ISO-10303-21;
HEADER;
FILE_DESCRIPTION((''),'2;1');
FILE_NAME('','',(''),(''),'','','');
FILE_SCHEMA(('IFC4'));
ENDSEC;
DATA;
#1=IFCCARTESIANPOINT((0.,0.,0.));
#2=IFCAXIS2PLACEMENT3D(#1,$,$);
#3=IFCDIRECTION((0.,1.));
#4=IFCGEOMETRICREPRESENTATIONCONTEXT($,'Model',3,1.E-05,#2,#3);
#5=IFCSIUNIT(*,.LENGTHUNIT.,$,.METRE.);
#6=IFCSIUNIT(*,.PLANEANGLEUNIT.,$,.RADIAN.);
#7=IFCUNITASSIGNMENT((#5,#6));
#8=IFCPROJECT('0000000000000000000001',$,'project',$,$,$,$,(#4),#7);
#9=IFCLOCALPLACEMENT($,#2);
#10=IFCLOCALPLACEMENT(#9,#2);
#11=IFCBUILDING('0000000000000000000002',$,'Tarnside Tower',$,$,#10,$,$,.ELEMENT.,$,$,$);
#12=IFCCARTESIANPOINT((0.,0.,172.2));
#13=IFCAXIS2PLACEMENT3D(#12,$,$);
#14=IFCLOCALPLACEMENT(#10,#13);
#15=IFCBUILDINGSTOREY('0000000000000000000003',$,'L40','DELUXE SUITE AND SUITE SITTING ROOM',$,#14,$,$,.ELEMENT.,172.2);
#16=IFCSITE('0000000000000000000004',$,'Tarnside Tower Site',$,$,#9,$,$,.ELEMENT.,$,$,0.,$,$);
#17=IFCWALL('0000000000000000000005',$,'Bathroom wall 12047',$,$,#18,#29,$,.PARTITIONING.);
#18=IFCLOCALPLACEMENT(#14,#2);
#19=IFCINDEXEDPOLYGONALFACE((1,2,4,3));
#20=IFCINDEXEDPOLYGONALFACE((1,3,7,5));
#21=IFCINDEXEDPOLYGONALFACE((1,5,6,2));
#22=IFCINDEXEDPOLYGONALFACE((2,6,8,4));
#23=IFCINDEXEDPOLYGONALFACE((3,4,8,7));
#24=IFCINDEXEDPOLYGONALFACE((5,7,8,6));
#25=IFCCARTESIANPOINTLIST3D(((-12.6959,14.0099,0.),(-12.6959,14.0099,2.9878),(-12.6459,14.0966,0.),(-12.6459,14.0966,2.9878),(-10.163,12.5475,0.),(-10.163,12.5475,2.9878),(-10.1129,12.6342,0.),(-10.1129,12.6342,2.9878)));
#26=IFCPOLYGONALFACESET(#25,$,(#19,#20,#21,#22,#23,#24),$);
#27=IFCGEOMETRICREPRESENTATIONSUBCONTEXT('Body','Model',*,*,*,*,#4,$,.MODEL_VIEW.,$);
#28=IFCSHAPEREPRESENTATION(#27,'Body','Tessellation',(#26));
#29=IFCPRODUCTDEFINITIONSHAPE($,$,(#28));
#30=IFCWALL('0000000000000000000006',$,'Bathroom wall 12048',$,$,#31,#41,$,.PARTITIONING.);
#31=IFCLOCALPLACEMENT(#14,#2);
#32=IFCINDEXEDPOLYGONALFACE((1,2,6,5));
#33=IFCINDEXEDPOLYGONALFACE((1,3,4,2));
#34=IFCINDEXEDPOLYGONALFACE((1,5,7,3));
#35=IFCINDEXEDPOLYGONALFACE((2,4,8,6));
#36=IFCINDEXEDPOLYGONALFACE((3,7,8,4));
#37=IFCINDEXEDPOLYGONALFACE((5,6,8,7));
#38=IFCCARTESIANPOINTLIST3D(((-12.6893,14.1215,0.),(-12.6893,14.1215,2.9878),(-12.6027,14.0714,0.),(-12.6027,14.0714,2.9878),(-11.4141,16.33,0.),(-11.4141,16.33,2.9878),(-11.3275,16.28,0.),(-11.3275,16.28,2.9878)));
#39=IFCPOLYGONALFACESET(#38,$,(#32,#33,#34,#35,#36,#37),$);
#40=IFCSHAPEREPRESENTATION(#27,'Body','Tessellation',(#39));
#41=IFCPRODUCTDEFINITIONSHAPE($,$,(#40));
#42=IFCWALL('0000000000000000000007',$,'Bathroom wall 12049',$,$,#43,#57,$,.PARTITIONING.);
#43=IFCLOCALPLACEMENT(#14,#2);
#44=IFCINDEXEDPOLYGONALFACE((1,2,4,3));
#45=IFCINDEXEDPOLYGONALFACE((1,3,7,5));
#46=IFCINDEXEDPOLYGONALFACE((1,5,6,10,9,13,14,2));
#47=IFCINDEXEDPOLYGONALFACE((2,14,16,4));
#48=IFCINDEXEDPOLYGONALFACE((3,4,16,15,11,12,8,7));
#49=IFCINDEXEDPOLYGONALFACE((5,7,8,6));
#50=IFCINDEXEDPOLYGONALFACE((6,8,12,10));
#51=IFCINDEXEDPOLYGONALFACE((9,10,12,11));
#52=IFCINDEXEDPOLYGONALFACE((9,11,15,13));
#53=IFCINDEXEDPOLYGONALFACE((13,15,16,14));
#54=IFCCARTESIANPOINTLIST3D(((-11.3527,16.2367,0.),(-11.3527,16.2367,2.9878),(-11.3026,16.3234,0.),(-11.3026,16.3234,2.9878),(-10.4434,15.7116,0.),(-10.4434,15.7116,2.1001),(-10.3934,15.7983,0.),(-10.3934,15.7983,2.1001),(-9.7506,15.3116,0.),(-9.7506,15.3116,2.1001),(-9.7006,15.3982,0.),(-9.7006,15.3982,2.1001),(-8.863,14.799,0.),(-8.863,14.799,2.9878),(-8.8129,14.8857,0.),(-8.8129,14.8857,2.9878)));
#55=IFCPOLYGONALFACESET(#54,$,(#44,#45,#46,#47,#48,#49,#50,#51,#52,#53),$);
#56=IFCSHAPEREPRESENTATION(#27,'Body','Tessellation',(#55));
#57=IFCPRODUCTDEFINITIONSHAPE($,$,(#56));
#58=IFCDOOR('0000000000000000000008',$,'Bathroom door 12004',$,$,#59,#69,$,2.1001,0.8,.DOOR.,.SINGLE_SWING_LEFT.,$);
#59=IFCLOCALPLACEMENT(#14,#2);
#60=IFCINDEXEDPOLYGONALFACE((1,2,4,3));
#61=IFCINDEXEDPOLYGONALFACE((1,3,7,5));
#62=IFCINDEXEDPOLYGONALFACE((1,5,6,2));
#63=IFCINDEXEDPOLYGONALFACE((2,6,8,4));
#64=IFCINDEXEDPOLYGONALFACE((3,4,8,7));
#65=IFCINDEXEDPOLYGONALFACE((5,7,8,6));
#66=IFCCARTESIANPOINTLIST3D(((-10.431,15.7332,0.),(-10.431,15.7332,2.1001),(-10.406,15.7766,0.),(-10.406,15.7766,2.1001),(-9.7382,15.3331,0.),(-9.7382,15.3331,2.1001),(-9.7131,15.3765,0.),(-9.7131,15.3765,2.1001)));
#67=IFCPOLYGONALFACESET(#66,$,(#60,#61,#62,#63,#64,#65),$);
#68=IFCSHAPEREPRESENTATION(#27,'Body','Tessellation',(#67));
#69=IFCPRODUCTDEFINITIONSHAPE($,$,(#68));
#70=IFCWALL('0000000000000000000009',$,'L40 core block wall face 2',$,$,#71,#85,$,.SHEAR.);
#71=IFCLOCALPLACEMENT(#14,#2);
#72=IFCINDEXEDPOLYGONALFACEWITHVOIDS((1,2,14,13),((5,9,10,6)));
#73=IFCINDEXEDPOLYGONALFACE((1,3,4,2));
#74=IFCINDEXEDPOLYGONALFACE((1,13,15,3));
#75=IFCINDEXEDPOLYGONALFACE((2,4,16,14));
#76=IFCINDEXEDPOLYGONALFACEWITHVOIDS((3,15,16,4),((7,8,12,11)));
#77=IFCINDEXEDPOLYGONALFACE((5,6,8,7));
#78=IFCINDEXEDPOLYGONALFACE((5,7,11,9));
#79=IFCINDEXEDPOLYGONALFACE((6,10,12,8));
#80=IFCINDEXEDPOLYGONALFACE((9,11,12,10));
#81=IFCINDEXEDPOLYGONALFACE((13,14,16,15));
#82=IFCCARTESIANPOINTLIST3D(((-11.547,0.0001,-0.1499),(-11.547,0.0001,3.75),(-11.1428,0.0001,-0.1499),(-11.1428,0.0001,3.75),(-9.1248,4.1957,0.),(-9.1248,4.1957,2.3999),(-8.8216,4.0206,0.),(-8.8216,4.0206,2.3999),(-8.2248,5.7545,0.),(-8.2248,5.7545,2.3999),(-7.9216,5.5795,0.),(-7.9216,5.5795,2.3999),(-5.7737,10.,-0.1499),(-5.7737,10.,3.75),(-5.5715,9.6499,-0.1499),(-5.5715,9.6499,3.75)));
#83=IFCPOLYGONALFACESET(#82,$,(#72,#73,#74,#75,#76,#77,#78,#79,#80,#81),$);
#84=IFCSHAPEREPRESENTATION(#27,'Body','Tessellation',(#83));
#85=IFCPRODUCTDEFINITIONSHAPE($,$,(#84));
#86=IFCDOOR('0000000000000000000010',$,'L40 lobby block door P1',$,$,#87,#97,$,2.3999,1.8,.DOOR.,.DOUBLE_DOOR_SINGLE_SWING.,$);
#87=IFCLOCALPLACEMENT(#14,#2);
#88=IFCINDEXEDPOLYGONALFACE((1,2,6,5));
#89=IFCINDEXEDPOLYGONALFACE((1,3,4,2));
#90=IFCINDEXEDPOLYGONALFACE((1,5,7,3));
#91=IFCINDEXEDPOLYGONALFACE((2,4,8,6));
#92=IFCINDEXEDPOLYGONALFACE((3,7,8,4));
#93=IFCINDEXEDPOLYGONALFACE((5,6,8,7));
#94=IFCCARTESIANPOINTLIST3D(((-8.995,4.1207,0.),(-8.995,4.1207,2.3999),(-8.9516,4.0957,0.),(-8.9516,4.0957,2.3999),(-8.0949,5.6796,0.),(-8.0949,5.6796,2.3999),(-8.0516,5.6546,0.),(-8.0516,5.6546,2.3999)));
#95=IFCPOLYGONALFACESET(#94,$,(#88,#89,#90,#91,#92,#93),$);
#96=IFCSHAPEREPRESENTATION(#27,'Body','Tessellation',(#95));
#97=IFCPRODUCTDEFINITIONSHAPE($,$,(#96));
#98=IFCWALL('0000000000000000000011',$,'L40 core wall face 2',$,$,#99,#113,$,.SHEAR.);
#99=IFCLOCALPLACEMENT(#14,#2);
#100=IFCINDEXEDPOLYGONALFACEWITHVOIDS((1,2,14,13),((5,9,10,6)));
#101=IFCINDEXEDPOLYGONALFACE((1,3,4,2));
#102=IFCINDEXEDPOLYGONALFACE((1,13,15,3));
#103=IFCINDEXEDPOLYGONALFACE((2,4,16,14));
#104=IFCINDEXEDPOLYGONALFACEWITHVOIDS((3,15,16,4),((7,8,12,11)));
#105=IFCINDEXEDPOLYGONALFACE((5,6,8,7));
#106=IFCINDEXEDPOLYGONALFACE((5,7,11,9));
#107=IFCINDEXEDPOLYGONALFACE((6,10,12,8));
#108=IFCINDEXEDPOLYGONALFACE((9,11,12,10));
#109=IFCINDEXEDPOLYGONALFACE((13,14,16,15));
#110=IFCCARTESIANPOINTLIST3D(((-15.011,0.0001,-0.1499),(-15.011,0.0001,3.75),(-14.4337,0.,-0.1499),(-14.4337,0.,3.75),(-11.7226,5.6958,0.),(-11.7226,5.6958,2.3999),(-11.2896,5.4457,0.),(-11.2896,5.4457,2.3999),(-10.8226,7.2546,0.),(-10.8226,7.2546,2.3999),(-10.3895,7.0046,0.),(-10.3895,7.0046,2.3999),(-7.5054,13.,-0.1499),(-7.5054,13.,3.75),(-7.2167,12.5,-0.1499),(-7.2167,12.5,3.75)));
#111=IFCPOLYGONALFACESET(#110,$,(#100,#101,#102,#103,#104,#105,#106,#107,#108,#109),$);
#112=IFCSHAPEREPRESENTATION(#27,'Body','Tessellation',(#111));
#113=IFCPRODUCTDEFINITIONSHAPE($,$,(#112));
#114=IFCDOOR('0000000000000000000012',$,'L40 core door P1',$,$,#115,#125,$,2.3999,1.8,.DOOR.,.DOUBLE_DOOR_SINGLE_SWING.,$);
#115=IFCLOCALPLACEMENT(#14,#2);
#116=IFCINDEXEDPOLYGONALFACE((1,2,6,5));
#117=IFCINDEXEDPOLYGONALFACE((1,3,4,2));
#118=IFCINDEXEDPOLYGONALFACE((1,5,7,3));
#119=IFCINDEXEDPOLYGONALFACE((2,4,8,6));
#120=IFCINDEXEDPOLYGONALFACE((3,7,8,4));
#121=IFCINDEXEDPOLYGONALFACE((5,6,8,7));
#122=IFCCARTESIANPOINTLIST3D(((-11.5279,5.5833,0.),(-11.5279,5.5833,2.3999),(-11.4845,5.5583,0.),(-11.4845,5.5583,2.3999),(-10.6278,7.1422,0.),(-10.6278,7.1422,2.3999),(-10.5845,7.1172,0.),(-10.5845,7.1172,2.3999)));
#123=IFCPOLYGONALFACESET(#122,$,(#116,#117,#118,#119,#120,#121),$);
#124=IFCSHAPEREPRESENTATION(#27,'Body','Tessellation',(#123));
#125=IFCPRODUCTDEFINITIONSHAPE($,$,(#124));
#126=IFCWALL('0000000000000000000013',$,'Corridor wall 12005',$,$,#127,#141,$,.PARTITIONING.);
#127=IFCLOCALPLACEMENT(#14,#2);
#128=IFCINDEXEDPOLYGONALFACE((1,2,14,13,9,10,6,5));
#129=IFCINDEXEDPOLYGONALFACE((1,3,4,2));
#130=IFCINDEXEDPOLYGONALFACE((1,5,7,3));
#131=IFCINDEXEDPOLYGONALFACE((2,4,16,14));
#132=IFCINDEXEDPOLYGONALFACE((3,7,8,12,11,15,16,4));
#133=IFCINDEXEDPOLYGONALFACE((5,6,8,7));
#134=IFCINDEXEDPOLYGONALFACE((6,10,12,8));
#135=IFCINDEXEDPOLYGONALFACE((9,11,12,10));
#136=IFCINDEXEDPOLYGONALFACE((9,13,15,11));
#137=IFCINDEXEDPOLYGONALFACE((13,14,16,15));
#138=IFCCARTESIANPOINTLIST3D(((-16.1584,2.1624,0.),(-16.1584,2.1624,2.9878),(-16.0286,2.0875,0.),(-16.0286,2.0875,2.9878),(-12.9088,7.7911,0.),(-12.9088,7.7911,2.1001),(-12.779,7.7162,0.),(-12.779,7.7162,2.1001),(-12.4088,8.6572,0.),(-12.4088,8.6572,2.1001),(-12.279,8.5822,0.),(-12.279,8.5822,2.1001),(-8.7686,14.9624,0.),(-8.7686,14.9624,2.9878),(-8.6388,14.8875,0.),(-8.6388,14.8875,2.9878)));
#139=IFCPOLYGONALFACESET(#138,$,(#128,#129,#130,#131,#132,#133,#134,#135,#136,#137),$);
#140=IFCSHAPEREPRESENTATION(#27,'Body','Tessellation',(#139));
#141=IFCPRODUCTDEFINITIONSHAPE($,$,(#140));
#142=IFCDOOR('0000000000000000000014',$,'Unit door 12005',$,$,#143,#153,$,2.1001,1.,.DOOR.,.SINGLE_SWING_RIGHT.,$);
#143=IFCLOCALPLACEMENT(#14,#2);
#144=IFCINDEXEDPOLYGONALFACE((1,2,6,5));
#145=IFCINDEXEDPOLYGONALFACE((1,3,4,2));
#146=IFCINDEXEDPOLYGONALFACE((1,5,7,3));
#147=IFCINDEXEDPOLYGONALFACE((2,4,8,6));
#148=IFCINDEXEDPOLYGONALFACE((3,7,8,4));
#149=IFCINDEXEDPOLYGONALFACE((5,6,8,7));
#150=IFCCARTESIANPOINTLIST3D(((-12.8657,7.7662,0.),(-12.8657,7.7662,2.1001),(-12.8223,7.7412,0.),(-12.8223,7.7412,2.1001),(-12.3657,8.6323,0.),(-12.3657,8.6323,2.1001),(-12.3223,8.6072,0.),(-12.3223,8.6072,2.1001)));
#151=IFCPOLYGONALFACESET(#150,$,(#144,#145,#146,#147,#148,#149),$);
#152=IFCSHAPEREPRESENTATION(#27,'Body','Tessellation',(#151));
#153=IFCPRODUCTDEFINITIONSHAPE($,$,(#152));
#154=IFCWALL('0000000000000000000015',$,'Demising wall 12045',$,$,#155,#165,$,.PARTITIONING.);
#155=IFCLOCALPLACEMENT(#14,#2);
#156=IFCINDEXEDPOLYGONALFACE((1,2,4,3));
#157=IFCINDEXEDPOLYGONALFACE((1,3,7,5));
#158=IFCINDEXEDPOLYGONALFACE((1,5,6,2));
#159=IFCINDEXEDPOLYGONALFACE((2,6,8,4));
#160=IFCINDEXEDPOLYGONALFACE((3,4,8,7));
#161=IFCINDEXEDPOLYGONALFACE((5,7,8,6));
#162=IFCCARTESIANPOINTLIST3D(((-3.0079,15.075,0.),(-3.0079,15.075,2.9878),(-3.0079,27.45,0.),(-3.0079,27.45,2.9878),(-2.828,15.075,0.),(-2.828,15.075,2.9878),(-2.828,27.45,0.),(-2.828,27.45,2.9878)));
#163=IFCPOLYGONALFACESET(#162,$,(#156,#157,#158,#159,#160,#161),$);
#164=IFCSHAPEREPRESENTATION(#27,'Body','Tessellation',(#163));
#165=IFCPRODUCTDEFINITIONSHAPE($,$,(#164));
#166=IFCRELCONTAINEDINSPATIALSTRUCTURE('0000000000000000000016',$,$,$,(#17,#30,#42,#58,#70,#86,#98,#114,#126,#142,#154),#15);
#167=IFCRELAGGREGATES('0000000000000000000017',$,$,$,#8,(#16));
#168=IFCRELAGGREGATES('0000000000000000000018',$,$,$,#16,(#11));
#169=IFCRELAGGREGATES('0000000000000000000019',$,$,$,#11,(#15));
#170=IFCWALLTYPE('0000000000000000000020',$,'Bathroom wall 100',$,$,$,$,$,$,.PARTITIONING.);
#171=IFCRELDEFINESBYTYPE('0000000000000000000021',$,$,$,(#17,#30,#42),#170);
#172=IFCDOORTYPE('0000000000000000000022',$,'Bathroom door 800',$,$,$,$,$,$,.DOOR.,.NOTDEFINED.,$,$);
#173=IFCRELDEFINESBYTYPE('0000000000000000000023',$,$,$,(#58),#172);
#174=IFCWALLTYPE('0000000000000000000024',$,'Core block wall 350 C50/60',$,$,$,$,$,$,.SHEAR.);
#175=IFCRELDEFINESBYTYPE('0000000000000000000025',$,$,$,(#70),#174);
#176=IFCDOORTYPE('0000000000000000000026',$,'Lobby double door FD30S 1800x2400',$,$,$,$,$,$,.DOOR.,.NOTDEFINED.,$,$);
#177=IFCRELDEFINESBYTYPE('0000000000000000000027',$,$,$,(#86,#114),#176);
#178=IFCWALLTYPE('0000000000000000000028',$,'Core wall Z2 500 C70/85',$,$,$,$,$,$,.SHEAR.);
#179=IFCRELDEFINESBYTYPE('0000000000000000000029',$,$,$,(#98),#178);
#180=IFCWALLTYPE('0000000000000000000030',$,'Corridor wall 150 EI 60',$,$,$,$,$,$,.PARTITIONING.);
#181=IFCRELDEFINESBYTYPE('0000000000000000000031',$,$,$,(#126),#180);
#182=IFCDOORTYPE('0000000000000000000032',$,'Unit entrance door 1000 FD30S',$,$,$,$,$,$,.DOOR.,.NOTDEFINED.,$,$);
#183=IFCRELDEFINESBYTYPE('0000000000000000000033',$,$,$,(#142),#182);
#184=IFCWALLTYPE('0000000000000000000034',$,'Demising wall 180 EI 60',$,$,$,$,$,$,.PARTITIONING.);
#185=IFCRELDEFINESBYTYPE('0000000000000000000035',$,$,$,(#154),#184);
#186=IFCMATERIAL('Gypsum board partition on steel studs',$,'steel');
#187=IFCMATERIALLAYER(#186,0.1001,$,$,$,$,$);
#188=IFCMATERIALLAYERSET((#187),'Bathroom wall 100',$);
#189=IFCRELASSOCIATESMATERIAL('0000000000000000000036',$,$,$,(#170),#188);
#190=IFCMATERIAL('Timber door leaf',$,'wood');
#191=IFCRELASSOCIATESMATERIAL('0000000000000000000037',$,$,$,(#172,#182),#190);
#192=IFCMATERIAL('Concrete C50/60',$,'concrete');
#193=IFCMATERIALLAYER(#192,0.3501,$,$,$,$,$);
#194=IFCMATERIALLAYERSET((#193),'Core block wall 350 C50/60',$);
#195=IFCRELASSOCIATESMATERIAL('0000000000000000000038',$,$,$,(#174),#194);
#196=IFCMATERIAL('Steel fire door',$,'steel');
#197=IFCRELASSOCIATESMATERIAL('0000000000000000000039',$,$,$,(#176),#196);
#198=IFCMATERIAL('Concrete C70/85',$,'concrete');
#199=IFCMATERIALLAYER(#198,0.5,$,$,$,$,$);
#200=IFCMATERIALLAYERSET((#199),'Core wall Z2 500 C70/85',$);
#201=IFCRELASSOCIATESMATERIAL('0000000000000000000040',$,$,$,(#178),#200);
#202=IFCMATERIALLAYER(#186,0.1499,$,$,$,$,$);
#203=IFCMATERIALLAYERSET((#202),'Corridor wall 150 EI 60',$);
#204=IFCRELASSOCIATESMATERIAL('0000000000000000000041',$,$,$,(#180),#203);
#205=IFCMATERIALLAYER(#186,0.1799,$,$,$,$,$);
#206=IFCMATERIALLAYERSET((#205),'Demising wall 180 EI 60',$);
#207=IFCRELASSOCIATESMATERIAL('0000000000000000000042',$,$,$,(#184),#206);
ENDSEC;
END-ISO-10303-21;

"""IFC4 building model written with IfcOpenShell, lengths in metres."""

from ifc_helpers import new_model, si_unit, direction, frame, frame_2d, origin, place, context, subcontext, project, spatial, polyline, rectangle, outline, extrude, material, layer, layer_set, type_object, element, fill, save


model = new_model("IFC4")

# Units and contexts
model_context = context("Model", 3, precision=1e-05, world=origin(), true_north=direction((0.0, 1.0)))
body_context = subcontext(model_context, "Body", "Model", "MODEL_VIEW")
ifc_project = project(units=[si_unit("LENGTHUNIT", "METRE"), si_unit("PLANEANGLEUNIT", "RADIAN")], contexts=[model_context])

# Site, building, storey
site_placement = place(None, origin())
site = spatial("IfcSite", under=ifc_project, at=site_placement, Name="Tarnside Tower Site", CompositionType="ELEMENT", RefElevation=0.0)
building_placement = place(site_placement, origin())
building = spatial("IfcBuilding", under=site, at=building_placement, Name="Tarnside Tower", CompositionType="ELEMENT")
storey_placement = place(building_placement, frame((0.0, 0.0, 172.2)))
storey = spatial("IfcBuildingStorey", under=building, at=storey_placement, Name="L40", Description="DELUXE SUITE AND SUITE SITTING ROOM", CompositionType="ELEMENT", Elevation=172.2)

# Walls
ifc_material_1 = material(Name="Gypsum board partition on steel studs", Category="steel")
ifc_layer_1 = layer(ifc_material_1, 0.1001)
ifc_layer_set_1 = layer_set([ifc_layer_1], Name="Bathroom wall 100")
wall_type_1 = type_object("IfcWallType", Name="Bathroom wall 100", PredefinedType="PARTITIONING", material=ifc_layer_set_1)
wall_1_placement = place(storey_placement, frame((-10.1379, 12.5908, 0.0), z_axis=(0.0, 0.0, 1.0), x_axis=(-0.866026, 0.499999, 0.0)))
element("IfcWall", 1, at=wall_1_placement, inside=storey, type_object=wall_type_1, Name="Bathroom wall 12047", PredefinedType="PARTITIONING", context=body_context, shape_type="SweptSolid", body=[
    extrude(rectangle(XDim=2.9248, YDim=0.1001, at=frame_2d((1.4624, 0.0))), origin(), (0.0, 0.0, 1.0), 2.9878),
])
wall_2_placement = place(storey_placement, frame((-12.646, 14.0964, 0.0), z_axis=(0.0, 0.0, 1.0), x_axis=(0.500021, 0.866013, 0.0)))
element("IfcWall", 2, at=wall_2_placement, inside=storey, type_object=wall_type_1, Name="Bathroom wall 12048", PredefinedType="PARTITIONING", context=body_context, shape_type="SweptSolid", body=[
    extrude(rectangle(XDim=2.5503, YDim=0.1001, at=frame_2d((1.2751, 0.0))), origin(), (0.0, 0.0, 1.0), 2.9878),
])

# Walls, openings, doors
wall_3_placement = place(storey_placement, frame((-11.3276, 16.28, 0.0), z_axis=(0.0, 0.0, 1.0), x_axis=(0.865982, -0.500075, 0.0)))
wall_3 = element("IfcWall", 3, at=wall_3_placement, inside=storey, type_object=wall_type_1, Name="Bathroom wall 12049", PredefinedType="PARTITIONING", context=body_context, shape_type="SweptSolid", body=[
    extrude(rectangle(XDim=2.875, YDim=0.1001, at=frame_2d((1.4375, 0.0))), origin(), (0.0, 0.0, 1.0), 2.9878),
])
opening_1_placement = place(wall_3_placement, frame((1.05, 0.0, 0.0)))
opening_1 = element("IfcOpeningElement", 4, at=opening_1_placement, cuts=wall_3, PredefinedType="OPENING", context=body_context, shape_type="SweptSolid", body=[
    extrude(rectangle(XDim=0.8, YDim=2.1001, at=frame_2d((0.3999, 1.05))), frame((0.0, 0.0601, 0.0), z_axis=(0.0, -1.0, 0.0), x_axis=(1.0, 0.0, 0.0)), (0.0, 0.0, 1.0), 0.1201),
])
ifc_material_2 = material(Name="Timber door leaf", Category="wood")
door_type_1 = type_object("IfcDoorType", Name="Bathroom door 800", OperationType="NOTDEFINED", PredefinedType="DOOR", material=ifc_material_2)
door_1_placement = place(opening_1_placement, origin())
door_1 = element("IfcDoor", 5, at=door_1_placement, inside=storey, type_object=door_type_1, Name="Bathroom door 12004", OperationType="SINGLE_SWING_LEFT", OverallHeight=2.1001, OverallWidth=0.8, PredefinedType="DOOR", context=body_context, shape_type="SweptSolid", body=[
    extrude(rectangle(XDim=0.8, YDim=2.1001, at=frame_2d((0.3999, 1.05))), frame((0.0, 0.0249, 0.0), z_axis=(0.0, -1.0, 0.0), x_axis=(1.0, 0.0, 0.0)), (0.0, 0.0, 1.0), 0.05),
])
fill(opening_1, door_1)
ifc_material_3 = material(Name="Concrete C50/60", Category="concrete")
ifc_layer_2 = layer(ifc_material_3, 0.3501)
ifc_layer_set_2 = layer_set([ifc_layer_2], Name="Core block wall 350 C50/60")
wall_type_2 = type_object("IfcWallType", Name="Core block wall 350 C50/60", PredefinedType="SHEAR", material=ifc_layer_set_2)
wall_4_placement = place(storey_placement, frame((-5.6726, 9.825, -0.1499), z_axis=(0.0, 0.0, 1.0), x_axis=(-0.499995, -0.866028, 0.0)))
wall_4 = element("IfcWall", 6, at=wall_4_placement, inside=storey, type_object=wall_type_2, Name="L40 core block wall face 2", PredefinedType="SHEAR", context=body_context, shape_type="SweptSolid", body=[
    extrude(outline(polyline([(-0.1011, -0.175), (11.4458, -0.175), (11.2437, 0.175), (0.1011, 0.175), (-0.1011, -0.175)])), origin(), (0.0, 0.0, 1.0), 3.8999),
])
opening_2_placement = place(wall_4_placement, frame((4.8013, 0.0, 0.1499)))
opening_2 = element("IfcOpeningElement", 7, at=opening_2_placement, cuts=wall_4, PredefinedType="OPENING", context=body_context, shape_type="SweptSolid", body=[
    extrude(rectangle(XDim=1.8, YDim=2.3999, at=frame_2d((0.8999, 1.2))), frame((0.0, 0.1851, 0.0), z_axis=(0.0, -1.0, 0.0), x_axis=(1.0, 0.0, 0.0)), (0.0, 0.0, 1.0), 0.3701),
])
ifc_material_4 = material(Name="Steel fire door", Category="steel")
door_type_2 = type_object("IfcDoorType", Name="Lobby double door FD30S 1800x2400", OperationType="NOTDEFINED", PredefinedType="DOOR", material=ifc_material_4)
door_2_placement = place(opening_2_placement, origin())
door_2 = element("IfcDoor", 8, at=door_2_placement, inside=storey, type_object=door_type_2, Name="L40 lobby block door P1", OperationType="DOUBLE_DOOR_SINGLE_SWING", OverallHeight=2.3999, OverallWidth=1.8, PredefinedType="DOOR", context=body_context, shape_type="SweptSolid", body=[
    extrude(rectangle(XDim=1.8, YDim=2.3999, at=frame_2d((0.8999, 1.2))), frame((0.0, 0.0249, 0.0), z_axis=(0.0, -1.0, 0.0), x_axis=(1.0, 0.0, 0.0)), (0.0, 0.0, 1.0), 0.05),
])
fill(opening_2, door_2)
ifc_material_5 = material(Name="Concrete C70/85", Category="concrete")
ifc_layer_3 = layer(ifc_material_5, 0.5)
ifc_layer_set_3 = layer_set([ifc_layer_3], Name="Core wall Z2 500 C70/85")
wall_type_3 = type_object("IfcWallType", Name="Core wall Z2 500 C70/85", PredefinedType="SHEAR", material=ifc_layer_set_3)
wall_5_placement = place(storey_placement, frame((-7.3611, 12.75, -0.1499), z_axis=(0.0, 0.0, 1.0), x_axis=(-0.500006, -0.866022, 0.0)))
wall_5 = element("IfcWall", 9, at=wall_5_placement, inside=storey, type_object=wall_type_3, Name="L40 core wall face 2", PredefinedType="SHEAR", context=body_context, shape_type="SweptSolid", body=[
    extrude(outline(polyline([(-0.1443, -0.25), (14.8667, -0.25), (14.5781, 0.25), (0.1443, 0.25), (-0.1443, -0.25)])), origin(), (0.0, 0.0, 1.0), 3.8999),
])
opening_3_placement = place(wall_5_placement, frame((6.49, 0.0, 0.1499)))
opening_3 = element("IfcOpeningElement", 10, at=opening_3_placement, cuts=wall_5, PredefinedType="OPENING", context=body_context, shape_type="SweptSolid", body=[
    extrude(rectangle(XDim=1.8, YDim=2.3999, at=frame_2d((0.8999, 1.2))), frame((0.0, 0.26, 0.0), z_axis=(0.0, -1.0, 0.0), x_axis=(1.0, 0.0, 0.0)), (0.0, 0.0, 1.0), 0.52),
])
door_3_placement = place(opening_3_placement, origin())
door_3 = element("IfcDoor", 11, at=door_3_placement, inside=storey, type_object=door_type_2, Name="L40 core door P1", OperationType="DOUBLE_DOOR_SINGLE_SWING", OverallHeight=2.3999, OverallWidth=1.8, PredefinedType="DOOR", context=body_context, shape_type="SweptSolid", body=[
    extrude(rectangle(XDim=1.8, YDim=2.3999, at=frame_2d((0.8999, 1.2))), frame((0.0, 0.0249, 0.0), z_axis=(0.0, -1.0, 0.0), x_axis=(1.0, 0.0, 0.0)), (0.0, 0.0, 1.0), 0.05),
])
fill(opening_3, door_3)
ifc_layer_4 = layer(ifc_material_1, 0.1499)
ifc_layer_set_4 = layer_set([ifc_layer_4], Name="Corridor wall 150 EI 60")
wall_type_4 = type_object("IfcWallType", Name="Corridor wall 150 EI 60", PredefinedType="PARTITIONING", material=ifc_layer_set_4)
wall_6_placement = place(storey_placement, frame((-8.7036, 14.925, 0.0), z_axis=(0.0, 0.0, 1.0), x_axis=(-0.499989, -0.866032, 0.0)))
wall_6 = element("IfcWall", 12, at=wall_6_placement, inside=storey, type_object=wall_type_4, Name="Corridor wall 12005", PredefinedType="PARTITIONING", context=body_context, shape_type="SweptSolid", body=[
    extrude(rectangle(XDim=14.78, YDim=0.1499, at=frame_2d((7.3901, 0.0))), origin(), (0.0, 0.0, 1.0), 2.9878),
])
opening_4_placement = place(wall_6_placement, frame((7.2808, 0.0, 0.0)))
opening_4 = element("IfcOpeningElement", 13, at=opening_4_placement, cuts=wall_6, PredefinedType="OPENING", context=body_context, shape_type="SweptSolid", body=[
    extrude(rectangle(XDim=1.0, YDim=2.1001, at=frame_2d((0.5, 1.05))), frame((0.0, 0.085, 0.0), z_axis=(0.0, -1.0, 0.0), x_axis=(1.0, 0.0, 0.0)), (0.0, 0.0, 1.0), 0.1699),
])
door_type_3 = type_object("IfcDoorType", Name="Unit entrance door 1000 FD30S", OperationType="NOTDEFINED", PredefinedType="DOOR", material=ifc_material_2)
door_4_placement = place(opening_4_placement, origin())
door_4 = element("IfcDoor", 14, at=door_4_placement, inside=storey, type_object=door_type_3, Name="Unit door 12005", OperationType="SINGLE_SWING_RIGHT", OverallHeight=2.1001, OverallWidth=1.0, PredefinedType="DOOR", context=body_context, shape_type="SweptSolid", body=[
    extrude(rectangle(XDim=1.0, YDim=2.1001, at=frame_2d((0.5, 1.05))), frame((0.0, 0.0249, 0.0), z_axis=(0.0, -1.0, 0.0), x_axis=(1.0, 0.0, 0.0)), (0.0, 0.0, 1.0), 0.05),
])
fill(opening_4, door_4)

# Wall
ifc_layer_5 = layer(ifc_material_1, 0.1799)
ifc_layer_set_5 = layer_set([ifc_layer_5], Name="Demising wall 180 EI 60")
wall_type_5 = type_object("IfcWallType", Name="Demising wall 180 EI 60", PredefinedType="PARTITIONING", material=ifc_layer_set_5)
for number, where, z_axis, x_axis, name in (
    (15, (-2.918, 27.45, 0.0), (0.0, 0.0, 1.0), (0.0, -1.0, 0.0), "Demising wall 12045"),
):
    element("IfcWall", number, at=place(storey_placement, frame(where, z_axis=z_axis, x_axis=x_axis)), inside=storey, type_object=wall_type_5, Name=name, PredefinedType="PARTITIONING", context=body_context, shape_type="SweptSolid", body=[
        extrude(rectangle(XDim=12.375, YDim=0.1799, at=frame_2d((6.1875, 0.0))), origin(), (0.0, 0.0, 1.0), 2.9878),
    ])

save(model, "model.ifc")
